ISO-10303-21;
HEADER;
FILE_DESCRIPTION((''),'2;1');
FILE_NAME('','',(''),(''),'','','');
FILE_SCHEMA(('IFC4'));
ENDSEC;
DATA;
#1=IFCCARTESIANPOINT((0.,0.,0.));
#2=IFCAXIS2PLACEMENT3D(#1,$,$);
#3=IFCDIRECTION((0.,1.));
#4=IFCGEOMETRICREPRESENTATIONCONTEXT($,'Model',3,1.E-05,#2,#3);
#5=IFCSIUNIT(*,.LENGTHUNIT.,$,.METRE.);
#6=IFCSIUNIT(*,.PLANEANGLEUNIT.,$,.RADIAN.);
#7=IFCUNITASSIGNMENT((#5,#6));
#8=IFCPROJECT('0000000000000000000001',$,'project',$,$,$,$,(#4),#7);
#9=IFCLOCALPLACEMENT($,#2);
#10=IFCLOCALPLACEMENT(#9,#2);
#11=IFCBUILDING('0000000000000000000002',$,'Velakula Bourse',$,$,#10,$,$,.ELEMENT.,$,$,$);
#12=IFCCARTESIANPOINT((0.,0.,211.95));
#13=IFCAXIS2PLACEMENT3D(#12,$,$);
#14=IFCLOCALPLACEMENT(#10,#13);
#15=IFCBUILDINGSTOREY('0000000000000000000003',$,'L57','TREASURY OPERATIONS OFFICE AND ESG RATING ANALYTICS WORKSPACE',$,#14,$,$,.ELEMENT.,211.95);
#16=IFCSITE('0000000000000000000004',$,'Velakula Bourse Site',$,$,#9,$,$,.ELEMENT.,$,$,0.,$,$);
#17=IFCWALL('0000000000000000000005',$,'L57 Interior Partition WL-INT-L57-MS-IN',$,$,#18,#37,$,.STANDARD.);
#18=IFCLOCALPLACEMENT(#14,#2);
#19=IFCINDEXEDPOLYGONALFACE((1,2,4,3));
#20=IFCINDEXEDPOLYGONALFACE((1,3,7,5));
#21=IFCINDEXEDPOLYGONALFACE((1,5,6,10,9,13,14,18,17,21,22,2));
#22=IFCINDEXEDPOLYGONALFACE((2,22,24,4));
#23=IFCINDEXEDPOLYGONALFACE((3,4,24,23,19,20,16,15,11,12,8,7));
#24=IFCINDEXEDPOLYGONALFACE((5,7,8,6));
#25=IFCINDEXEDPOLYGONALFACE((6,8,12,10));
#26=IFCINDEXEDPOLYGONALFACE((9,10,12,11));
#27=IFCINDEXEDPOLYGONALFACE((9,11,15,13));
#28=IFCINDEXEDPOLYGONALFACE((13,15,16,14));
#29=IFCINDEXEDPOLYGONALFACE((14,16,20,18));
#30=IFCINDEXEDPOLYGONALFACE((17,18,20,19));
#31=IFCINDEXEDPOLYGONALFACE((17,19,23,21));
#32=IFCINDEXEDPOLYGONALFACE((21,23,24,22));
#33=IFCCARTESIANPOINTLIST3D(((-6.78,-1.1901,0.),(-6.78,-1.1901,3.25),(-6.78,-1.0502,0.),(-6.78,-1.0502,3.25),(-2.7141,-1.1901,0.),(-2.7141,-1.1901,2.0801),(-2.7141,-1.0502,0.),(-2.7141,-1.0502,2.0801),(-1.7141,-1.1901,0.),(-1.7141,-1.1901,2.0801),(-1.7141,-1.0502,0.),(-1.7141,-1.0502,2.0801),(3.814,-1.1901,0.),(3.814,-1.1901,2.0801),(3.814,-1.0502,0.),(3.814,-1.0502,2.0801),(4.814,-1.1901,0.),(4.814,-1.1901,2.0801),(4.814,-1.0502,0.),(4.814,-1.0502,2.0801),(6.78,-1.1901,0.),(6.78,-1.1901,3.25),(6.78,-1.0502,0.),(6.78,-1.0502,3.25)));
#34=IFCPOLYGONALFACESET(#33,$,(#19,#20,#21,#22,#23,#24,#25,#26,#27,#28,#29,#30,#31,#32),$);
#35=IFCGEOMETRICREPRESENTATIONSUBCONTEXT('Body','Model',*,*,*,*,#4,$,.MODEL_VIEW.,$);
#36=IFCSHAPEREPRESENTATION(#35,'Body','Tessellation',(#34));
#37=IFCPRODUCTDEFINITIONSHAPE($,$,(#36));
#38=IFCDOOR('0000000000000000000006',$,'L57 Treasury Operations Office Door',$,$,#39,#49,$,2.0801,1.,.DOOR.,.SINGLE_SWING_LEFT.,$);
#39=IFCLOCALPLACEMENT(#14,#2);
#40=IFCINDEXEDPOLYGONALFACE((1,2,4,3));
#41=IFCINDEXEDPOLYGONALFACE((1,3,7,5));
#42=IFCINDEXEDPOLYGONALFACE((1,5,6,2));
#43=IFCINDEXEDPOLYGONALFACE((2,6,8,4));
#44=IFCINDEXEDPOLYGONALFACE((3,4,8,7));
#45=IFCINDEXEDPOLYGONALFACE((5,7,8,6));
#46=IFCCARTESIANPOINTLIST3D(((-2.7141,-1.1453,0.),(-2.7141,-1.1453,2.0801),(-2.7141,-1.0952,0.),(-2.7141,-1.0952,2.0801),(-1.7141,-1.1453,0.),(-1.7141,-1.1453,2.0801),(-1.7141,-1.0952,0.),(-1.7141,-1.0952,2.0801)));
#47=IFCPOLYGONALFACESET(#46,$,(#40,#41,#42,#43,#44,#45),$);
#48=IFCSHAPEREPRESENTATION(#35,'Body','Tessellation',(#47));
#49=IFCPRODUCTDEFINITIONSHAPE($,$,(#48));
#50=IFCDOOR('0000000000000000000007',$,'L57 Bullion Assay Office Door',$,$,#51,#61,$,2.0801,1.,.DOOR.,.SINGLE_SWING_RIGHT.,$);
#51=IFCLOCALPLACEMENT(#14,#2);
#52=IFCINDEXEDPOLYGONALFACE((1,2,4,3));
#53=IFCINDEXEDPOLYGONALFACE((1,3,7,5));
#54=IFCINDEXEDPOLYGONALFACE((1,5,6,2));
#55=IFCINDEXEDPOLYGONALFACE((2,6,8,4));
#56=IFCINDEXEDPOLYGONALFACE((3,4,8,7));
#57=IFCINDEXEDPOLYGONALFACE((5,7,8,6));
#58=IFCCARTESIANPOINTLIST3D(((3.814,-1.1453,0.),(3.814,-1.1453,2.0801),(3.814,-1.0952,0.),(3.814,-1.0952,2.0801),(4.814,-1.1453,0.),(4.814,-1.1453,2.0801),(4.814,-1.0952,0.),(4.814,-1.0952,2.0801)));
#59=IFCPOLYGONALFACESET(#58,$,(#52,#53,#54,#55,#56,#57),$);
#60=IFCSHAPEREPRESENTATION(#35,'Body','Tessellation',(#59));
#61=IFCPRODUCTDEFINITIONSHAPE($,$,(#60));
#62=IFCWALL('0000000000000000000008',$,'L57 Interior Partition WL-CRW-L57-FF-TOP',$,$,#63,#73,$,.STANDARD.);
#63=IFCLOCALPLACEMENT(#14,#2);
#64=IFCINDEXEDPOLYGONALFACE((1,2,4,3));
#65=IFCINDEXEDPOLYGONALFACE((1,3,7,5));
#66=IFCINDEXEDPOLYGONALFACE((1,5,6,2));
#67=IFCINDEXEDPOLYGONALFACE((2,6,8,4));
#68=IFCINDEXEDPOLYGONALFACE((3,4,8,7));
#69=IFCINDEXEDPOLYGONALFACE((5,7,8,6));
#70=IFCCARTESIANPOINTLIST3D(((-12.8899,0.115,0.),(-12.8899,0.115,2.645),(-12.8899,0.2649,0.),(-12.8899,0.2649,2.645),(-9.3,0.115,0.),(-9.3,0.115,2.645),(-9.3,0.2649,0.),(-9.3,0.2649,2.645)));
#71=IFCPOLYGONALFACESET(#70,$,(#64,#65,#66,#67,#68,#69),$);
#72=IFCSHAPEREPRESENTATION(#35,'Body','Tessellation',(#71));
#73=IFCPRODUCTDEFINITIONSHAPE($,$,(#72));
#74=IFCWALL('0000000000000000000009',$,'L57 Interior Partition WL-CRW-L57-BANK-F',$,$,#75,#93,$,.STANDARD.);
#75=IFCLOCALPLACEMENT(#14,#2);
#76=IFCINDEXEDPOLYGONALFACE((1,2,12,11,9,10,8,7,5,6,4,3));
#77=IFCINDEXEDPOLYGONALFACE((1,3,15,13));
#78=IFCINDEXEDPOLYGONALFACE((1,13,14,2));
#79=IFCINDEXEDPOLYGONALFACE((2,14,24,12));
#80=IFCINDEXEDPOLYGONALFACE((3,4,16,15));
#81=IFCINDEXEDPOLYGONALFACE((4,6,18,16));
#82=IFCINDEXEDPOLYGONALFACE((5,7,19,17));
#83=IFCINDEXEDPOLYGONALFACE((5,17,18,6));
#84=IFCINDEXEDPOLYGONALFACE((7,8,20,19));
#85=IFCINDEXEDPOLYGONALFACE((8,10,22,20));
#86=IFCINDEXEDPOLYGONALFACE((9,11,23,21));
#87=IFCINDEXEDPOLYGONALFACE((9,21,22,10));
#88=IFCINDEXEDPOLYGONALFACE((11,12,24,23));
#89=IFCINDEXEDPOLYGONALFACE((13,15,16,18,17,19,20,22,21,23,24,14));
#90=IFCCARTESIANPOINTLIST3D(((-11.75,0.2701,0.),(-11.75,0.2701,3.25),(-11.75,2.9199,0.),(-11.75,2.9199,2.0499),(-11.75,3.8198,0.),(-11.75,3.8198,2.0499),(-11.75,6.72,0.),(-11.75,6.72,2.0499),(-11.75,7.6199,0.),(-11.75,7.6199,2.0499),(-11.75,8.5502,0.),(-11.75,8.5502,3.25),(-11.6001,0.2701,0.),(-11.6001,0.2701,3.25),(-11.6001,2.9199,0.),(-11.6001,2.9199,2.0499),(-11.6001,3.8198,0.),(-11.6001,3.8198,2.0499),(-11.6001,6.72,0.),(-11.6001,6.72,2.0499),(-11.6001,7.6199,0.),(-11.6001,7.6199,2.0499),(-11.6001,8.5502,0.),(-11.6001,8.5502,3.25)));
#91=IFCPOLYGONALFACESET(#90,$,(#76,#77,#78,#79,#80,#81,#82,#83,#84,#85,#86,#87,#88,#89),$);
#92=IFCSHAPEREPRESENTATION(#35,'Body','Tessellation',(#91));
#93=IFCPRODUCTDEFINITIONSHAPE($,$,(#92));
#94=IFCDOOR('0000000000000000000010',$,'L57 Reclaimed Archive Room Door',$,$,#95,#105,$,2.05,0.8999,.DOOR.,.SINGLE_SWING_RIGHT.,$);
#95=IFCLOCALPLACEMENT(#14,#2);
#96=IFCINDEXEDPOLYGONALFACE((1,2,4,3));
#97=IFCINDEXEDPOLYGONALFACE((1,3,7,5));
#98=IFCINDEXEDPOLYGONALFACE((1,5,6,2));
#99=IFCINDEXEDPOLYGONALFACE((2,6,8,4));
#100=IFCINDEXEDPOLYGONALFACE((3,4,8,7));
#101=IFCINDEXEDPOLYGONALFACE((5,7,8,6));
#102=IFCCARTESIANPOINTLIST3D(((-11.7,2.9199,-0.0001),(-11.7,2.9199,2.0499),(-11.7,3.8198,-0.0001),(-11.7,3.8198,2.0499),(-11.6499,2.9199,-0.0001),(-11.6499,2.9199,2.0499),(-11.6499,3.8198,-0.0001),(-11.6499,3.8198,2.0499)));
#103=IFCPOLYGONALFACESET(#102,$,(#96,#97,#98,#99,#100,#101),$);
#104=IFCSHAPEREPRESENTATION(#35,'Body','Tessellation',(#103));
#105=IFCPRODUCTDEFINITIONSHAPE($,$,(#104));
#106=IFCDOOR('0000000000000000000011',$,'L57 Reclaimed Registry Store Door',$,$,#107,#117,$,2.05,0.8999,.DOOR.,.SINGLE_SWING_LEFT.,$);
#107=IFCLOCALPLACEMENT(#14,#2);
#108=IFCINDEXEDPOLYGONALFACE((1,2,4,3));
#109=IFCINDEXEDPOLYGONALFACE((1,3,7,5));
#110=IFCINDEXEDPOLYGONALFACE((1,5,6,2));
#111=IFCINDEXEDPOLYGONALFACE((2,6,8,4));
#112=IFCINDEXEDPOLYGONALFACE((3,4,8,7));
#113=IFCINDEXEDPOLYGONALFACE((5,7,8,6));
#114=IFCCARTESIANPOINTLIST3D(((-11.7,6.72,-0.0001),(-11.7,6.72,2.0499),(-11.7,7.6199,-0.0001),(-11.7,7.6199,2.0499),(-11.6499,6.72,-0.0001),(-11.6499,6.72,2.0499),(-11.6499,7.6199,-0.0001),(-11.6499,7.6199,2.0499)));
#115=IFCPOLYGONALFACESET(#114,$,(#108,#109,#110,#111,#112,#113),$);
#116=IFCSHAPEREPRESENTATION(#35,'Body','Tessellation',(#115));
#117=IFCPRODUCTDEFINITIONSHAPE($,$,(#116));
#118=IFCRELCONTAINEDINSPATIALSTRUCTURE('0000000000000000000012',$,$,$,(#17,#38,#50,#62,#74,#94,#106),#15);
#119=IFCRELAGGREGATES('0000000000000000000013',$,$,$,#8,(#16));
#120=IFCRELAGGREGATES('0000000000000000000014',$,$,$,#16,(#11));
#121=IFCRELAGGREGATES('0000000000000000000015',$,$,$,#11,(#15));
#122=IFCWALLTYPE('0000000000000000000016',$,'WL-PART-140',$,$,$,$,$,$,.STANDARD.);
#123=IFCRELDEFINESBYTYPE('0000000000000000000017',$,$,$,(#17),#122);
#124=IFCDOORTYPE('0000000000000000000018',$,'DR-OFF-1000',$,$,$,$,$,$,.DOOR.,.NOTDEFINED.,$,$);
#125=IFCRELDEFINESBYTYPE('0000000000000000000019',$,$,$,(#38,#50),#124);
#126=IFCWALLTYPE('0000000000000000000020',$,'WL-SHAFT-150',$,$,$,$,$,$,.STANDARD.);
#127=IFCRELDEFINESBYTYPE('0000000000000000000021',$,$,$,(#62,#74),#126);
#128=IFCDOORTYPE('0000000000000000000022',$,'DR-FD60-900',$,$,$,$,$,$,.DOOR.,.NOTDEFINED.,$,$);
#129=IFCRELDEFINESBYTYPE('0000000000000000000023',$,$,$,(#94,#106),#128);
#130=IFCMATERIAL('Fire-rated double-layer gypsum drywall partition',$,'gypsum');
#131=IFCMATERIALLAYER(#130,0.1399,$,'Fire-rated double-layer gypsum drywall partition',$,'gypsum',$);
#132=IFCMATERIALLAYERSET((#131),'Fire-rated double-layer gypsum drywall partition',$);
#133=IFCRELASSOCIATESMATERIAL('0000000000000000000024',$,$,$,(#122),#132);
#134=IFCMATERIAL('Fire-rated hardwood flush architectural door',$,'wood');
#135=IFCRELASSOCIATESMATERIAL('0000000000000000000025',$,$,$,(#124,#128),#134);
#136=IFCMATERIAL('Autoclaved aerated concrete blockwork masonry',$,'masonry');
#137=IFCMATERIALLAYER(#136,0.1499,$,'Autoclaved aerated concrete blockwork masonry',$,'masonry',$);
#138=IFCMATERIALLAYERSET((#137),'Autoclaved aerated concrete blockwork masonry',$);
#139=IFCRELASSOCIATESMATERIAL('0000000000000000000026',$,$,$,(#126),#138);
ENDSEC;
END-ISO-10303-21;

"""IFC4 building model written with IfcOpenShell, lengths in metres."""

from ifc_helpers import new_model, si_unit, direction, frame, frame_2d, origin, place, context, subcontext, project, spatial, rectangle, extrude, material, layer, layer_set, type_object, element, fill, save


model = new_model("IFC4")

# Units and contexts
model_context = context("Model", 3, precision=1e-05, world=origin(), true_north=direction((0.0, 1.0)))
body_context = subcontext(model_context, "Body", "Model", "MODEL_VIEW")
ifc_project = project(units=[si_unit("LENGTHUNIT", "METRE"), si_unit("PLANEANGLEUNIT", "RADIAN")], contexts=[model_context])

# Site, building, storey
site_placement = place(None, origin())
site = spatial("IfcSite", under=ifc_project, at=site_placement, Name="Velakula Bourse Site", CompositionType="ELEMENT", RefElevation=0.0)
building_placement = place(site_placement, origin())
building = spatial("IfcBuilding", under=site, at=building_placement, Name="Velakula Bourse", CompositionType="ELEMENT")
storey_placement = place(building_placement, frame((0.0, 0.0, 211.95)))
storey = spatial("IfcBuildingStorey", under=building, at=storey_placement, Name="L57", Description="TREASURY OPERATIONS OFFICE AND ESG RATING ANALYTICS WORKSPACE", CompositionType="ELEMENT", Elevation=211.95)

# Shared definitions
ifc_material_1 = material(Name="Fire-rated double-layer gypsum drywall partition", Category="gypsum")
ifc_material_2 = material(Name="Fire-rated hardwood flush architectural door", Category="wood")

# Shared definitions
ifc_layer_1 = layer(ifc_material_1, 0.1399, Name="Fire-rated double-layer gypsum drywall partition", Category="gypsum")
ifc_layer_set_1 = layer_set([ifc_layer_1], Name="Fire-rated double-layer gypsum drywall partition")
wall_type_1 = type_object("IfcWallType", Name="WL-PART-140", PredefinedType="STANDARD", material=ifc_layer_set_1)
door_type_1 = type_object("IfcDoorType", Name="DR-OFF-1000", OperationType="NOTDEFINED", PredefinedType="DOOR", material=ifc_material_2)

# Wall, openings, doors
wall_1_placement = place(storey_placement, frame((-6.78, -1.1201, 0.0), z_axis=(0.0, 0.0, 1.0), x_axis=(1.0, 0.0, 0.0)))
wall_1 = element("IfcWall", 1, at=wall_1_placement, inside=storey, type_object=wall_type_1, Name="L57 Interior Partition WL-INT-L57-MS-IN", PredefinedType="STANDARD", context=body_context, shape_type="SweptSolid", body=[
    extrude(rectangle(XDim=13.5601, YDim=0.1399, at=frame_2d((6.78, 0.0))), origin(), (0.0, 0.0, 1.0), 3.25),
])
opening_1_placement = place(wall_1_placement, frame((4.0659, 0.0, 0.0)))
opening_1 = element("IfcOpeningElement", 2, at=opening_1_placement, cuts=wall_1, PredefinedType="OPENING", context=body_context, shape_type="SweptSolid", body=[
    extrude(rectangle(XDim=1.0, YDim=2.0801, at=frame_2d((0.5, 1.04))), frame((0.0, 0.0798, 0.0), z_axis=(0.0, -1.0, 0.0), x_axis=(1.0, 0.0, 0.0)), (0.0, 0.0, 1.0), 0.1599),
])
opening_2_placement = place(wall_1_placement, frame((10.594, 0.0, 0.0)))
opening_2 = element("IfcOpeningElement", 3, at=opening_2_placement, cuts=wall_1, PredefinedType="OPENING", context=body_context, shape_type="SweptSolid", body=[
    extrude(rectangle(XDim=1.0, YDim=2.0801, at=frame_2d((0.5, 1.04))), frame((0.0, 0.0798, 0.0), z_axis=(0.0, -1.0, 0.0), x_axis=(1.0, 0.0, 0.0)), (0.0, 0.0, 1.0), 0.1599),
])
door_1_placement = place(opening_1_placement, origin())
door_1 = element("IfcDoor", 4, at=door_1_placement, inside=storey, type_object=door_type_1, Name="L57 Treasury Operations Office Door", OperationType="SINGLE_SWING_LEFT", OverallHeight=2.0801, OverallWidth=1.0, PredefinedType="DOOR", context=body_context, shape_type="SweptSolid", body=[
    extrude(rectangle(XDim=1.0, YDim=2.0801, at=frame_2d((0.5, 1.04))), frame((0.0, 0.0249, 0.0), z_axis=(0.0, -1.0, 0.0), x_axis=(1.0, 0.0, 0.0)), (0.0, 0.0, 1.0), 0.05),
])
fill(opening_1, door_1)
door_2_placement = place(opening_2_placement, origin())
door_2 = element("IfcDoor", 5, at=door_2_placement, inside=storey, type_object=door_type_1, Name="L57 Bullion Assay Office Door", OperationType="SINGLE_SWING_RIGHT", OverallHeight=2.0801, OverallWidth=1.0, PredefinedType="DOOR", context=body_context, shape_type="SweptSolid", body=[
    extrude(rectangle(XDim=1.0, YDim=2.0801, at=frame_2d((0.5, 1.04))), frame((0.0, 0.0249, 0.0), z_axis=(0.0, -1.0, 0.0), x_axis=(1.0, 0.0, 0.0)), (0.0, 0.0, 1.0), 0.05),
])
fill(opening_2, door_2)

# Wall
ifc_material_3 = material(Name="Autoclaved aerated concrete blockwork masonry", Category="masonry")
ifc_layer_2 = layer(ifc_material_3, 0.1499, Name="Autoclaved aerated concrete blockwork masonry", Category="masonry")
ifc_layer_set_2 = layer_set([ifc_layer_2], Name="Autoclaved aerated concrete blockwork masonry")
wall_type_2 = type_object("IfcWallType", Name="WL-SHAFT-150", PredefinedType="STANDARD", material=ifc_layer_set_2)
wall_2_placement = place(storey_placement, frame((-12.8899, 0.1899, 0.0), z_axis=(0.0, 0.0, 1.0), x_axis=(1.0, 0.0, 0.0)))
element("IfcWall", 6, at=wall_2_placement, inside=storey, type_object=wall_type_2, Name="L57 Interior Partition WL-CRW-L57-FF-TOP", PredefinedType="STANDARD", context=body_context, shape_type="SweptSolid", body=[
    extrude(rectangle(XDim=3.5898, YDim=0.1499, at=frame_2d((1.7949, 0.0))), origin(), (0.0, 0.0, 1.0), 2.645),
])

# Wall, openings, doors
wall_3_placement = place(storey_placement, frame((-11.675, 0.27, 0.0), z_axis=(0.0, 0.0, 1.0), x_axis=(0.0, 1.0, 0.0)))
wall_3 = element("IfcWall", 7, at=wall_3_placement, inside=storey, type_object=wall_type_2, Name="L57 Interior Partition WL-CRW-L57-BANK-F", PredefinedType="STANDARD", context=body_context, shape_type="SweptSolid", body=[
    extrude(rectangle(XDim=8.28, YDim=0.1499, at=frame_2d((4.1401, 0.0))), origin(), (0.0, 0.0, 1.0), 3.25),
])
opening_3_placement = place(wall_3_placement, frame((2.6499, 0.0, 0.0)))
opening_3 = element("IfcOpeningElement", 8, at=opening_3_placement, cuts=wall_3, PredefinedType="OPENING", context=body_context, shape_type="SweptSolid", body=[
    extrude(rectangle(XDim=0.8999, YDim=2.05, at=frame_2d((0.45, 1.0249))), frame((0.0, 0.085, 0.0), z_axis=(0.0, -1.0, 0.0), x_axis=(1.0, 0.0, 0.0)), (0.0, 0.0, 1.0), 0.1699),
])
opening_4_placement = place(wall_3_placement, frame((6.45, 0.0, 0.0)))
opening_4 = element("IfcOpeningElement", 9, at=opening_4_placement, cuts=wall_3, PredefinedType="OPENING", context=body_context, shape_type="SweptSolid", body=[
    extrude(rectangle(XDim=0.8999, YDim=2.05, at=frame_2d((0.45, 1.0249))), frame((0.0, 0.085, 0.0), z_axis=(0.0, -1.0, 0.0), x_axis=(1.0, 0.0, 0.0)), (0.0, 0.0, 1.0), 0.1699),
])
door_type_2 = type_object("IfcDoorType", Name="DR-FD60-900", OperationType="NOTDEFINED", PredefinedType="DOOR", material=ifc_material_2)
door_3_placement = place(opening_3_placement, origin())
door_3 = element("IfcDoor", 10, at=door_3_placement, inside=storey, type_object=door_type_2, Name="L57 Reclaimed Archive Room Door", OperationType="SINGLE_SWING_RIGHT", OverallHeight=2.05, OverallWidth=0.8999, PredefinedType="DOOR", context=body_context, shape_type="SweptSolid", body=[
    extrude(rectangle(XDim=0.8999, YDim=2.05, at=frame_2d((0.45, 1.0249))), frame((0.0, 0.0249, 0.0), z_axis=(0.0, -1.0, 0.0), x_axis=(1.0, 0.0, 0.0)), (0.0, 0.0, 1.0), 0.05),
])
fill(opening_3, door_3)
door_4_placement = place(opening_4_placement, origin())
door_4 = element("IfcDoor", 11, at=door_4_placement, inside=storey, type_object=door_type_2, Name="L57 Reclaimed Registry Store Door", OperationType="SINGLE_SWING_LEFT", OverallHeight=2.05, OverallWidth=0.8999, PredefinedType="DOOR", context=body_context, shape_type="SweptSolid", body=[
    extrude(rectangle(XDim=0.8999, YDim=2.05, at=frame_2d((0.45, 1.0249))), frame((0.0, 0.0249, 0.0), z_axis=(0.0, -1.0, 0.0), x_axis=(1.0, 0.0, 0.0)), (0.0, 0.0, 1.0), 0.05),
])
fill(opening_4, door_4)

save(model, "model.ifc")
